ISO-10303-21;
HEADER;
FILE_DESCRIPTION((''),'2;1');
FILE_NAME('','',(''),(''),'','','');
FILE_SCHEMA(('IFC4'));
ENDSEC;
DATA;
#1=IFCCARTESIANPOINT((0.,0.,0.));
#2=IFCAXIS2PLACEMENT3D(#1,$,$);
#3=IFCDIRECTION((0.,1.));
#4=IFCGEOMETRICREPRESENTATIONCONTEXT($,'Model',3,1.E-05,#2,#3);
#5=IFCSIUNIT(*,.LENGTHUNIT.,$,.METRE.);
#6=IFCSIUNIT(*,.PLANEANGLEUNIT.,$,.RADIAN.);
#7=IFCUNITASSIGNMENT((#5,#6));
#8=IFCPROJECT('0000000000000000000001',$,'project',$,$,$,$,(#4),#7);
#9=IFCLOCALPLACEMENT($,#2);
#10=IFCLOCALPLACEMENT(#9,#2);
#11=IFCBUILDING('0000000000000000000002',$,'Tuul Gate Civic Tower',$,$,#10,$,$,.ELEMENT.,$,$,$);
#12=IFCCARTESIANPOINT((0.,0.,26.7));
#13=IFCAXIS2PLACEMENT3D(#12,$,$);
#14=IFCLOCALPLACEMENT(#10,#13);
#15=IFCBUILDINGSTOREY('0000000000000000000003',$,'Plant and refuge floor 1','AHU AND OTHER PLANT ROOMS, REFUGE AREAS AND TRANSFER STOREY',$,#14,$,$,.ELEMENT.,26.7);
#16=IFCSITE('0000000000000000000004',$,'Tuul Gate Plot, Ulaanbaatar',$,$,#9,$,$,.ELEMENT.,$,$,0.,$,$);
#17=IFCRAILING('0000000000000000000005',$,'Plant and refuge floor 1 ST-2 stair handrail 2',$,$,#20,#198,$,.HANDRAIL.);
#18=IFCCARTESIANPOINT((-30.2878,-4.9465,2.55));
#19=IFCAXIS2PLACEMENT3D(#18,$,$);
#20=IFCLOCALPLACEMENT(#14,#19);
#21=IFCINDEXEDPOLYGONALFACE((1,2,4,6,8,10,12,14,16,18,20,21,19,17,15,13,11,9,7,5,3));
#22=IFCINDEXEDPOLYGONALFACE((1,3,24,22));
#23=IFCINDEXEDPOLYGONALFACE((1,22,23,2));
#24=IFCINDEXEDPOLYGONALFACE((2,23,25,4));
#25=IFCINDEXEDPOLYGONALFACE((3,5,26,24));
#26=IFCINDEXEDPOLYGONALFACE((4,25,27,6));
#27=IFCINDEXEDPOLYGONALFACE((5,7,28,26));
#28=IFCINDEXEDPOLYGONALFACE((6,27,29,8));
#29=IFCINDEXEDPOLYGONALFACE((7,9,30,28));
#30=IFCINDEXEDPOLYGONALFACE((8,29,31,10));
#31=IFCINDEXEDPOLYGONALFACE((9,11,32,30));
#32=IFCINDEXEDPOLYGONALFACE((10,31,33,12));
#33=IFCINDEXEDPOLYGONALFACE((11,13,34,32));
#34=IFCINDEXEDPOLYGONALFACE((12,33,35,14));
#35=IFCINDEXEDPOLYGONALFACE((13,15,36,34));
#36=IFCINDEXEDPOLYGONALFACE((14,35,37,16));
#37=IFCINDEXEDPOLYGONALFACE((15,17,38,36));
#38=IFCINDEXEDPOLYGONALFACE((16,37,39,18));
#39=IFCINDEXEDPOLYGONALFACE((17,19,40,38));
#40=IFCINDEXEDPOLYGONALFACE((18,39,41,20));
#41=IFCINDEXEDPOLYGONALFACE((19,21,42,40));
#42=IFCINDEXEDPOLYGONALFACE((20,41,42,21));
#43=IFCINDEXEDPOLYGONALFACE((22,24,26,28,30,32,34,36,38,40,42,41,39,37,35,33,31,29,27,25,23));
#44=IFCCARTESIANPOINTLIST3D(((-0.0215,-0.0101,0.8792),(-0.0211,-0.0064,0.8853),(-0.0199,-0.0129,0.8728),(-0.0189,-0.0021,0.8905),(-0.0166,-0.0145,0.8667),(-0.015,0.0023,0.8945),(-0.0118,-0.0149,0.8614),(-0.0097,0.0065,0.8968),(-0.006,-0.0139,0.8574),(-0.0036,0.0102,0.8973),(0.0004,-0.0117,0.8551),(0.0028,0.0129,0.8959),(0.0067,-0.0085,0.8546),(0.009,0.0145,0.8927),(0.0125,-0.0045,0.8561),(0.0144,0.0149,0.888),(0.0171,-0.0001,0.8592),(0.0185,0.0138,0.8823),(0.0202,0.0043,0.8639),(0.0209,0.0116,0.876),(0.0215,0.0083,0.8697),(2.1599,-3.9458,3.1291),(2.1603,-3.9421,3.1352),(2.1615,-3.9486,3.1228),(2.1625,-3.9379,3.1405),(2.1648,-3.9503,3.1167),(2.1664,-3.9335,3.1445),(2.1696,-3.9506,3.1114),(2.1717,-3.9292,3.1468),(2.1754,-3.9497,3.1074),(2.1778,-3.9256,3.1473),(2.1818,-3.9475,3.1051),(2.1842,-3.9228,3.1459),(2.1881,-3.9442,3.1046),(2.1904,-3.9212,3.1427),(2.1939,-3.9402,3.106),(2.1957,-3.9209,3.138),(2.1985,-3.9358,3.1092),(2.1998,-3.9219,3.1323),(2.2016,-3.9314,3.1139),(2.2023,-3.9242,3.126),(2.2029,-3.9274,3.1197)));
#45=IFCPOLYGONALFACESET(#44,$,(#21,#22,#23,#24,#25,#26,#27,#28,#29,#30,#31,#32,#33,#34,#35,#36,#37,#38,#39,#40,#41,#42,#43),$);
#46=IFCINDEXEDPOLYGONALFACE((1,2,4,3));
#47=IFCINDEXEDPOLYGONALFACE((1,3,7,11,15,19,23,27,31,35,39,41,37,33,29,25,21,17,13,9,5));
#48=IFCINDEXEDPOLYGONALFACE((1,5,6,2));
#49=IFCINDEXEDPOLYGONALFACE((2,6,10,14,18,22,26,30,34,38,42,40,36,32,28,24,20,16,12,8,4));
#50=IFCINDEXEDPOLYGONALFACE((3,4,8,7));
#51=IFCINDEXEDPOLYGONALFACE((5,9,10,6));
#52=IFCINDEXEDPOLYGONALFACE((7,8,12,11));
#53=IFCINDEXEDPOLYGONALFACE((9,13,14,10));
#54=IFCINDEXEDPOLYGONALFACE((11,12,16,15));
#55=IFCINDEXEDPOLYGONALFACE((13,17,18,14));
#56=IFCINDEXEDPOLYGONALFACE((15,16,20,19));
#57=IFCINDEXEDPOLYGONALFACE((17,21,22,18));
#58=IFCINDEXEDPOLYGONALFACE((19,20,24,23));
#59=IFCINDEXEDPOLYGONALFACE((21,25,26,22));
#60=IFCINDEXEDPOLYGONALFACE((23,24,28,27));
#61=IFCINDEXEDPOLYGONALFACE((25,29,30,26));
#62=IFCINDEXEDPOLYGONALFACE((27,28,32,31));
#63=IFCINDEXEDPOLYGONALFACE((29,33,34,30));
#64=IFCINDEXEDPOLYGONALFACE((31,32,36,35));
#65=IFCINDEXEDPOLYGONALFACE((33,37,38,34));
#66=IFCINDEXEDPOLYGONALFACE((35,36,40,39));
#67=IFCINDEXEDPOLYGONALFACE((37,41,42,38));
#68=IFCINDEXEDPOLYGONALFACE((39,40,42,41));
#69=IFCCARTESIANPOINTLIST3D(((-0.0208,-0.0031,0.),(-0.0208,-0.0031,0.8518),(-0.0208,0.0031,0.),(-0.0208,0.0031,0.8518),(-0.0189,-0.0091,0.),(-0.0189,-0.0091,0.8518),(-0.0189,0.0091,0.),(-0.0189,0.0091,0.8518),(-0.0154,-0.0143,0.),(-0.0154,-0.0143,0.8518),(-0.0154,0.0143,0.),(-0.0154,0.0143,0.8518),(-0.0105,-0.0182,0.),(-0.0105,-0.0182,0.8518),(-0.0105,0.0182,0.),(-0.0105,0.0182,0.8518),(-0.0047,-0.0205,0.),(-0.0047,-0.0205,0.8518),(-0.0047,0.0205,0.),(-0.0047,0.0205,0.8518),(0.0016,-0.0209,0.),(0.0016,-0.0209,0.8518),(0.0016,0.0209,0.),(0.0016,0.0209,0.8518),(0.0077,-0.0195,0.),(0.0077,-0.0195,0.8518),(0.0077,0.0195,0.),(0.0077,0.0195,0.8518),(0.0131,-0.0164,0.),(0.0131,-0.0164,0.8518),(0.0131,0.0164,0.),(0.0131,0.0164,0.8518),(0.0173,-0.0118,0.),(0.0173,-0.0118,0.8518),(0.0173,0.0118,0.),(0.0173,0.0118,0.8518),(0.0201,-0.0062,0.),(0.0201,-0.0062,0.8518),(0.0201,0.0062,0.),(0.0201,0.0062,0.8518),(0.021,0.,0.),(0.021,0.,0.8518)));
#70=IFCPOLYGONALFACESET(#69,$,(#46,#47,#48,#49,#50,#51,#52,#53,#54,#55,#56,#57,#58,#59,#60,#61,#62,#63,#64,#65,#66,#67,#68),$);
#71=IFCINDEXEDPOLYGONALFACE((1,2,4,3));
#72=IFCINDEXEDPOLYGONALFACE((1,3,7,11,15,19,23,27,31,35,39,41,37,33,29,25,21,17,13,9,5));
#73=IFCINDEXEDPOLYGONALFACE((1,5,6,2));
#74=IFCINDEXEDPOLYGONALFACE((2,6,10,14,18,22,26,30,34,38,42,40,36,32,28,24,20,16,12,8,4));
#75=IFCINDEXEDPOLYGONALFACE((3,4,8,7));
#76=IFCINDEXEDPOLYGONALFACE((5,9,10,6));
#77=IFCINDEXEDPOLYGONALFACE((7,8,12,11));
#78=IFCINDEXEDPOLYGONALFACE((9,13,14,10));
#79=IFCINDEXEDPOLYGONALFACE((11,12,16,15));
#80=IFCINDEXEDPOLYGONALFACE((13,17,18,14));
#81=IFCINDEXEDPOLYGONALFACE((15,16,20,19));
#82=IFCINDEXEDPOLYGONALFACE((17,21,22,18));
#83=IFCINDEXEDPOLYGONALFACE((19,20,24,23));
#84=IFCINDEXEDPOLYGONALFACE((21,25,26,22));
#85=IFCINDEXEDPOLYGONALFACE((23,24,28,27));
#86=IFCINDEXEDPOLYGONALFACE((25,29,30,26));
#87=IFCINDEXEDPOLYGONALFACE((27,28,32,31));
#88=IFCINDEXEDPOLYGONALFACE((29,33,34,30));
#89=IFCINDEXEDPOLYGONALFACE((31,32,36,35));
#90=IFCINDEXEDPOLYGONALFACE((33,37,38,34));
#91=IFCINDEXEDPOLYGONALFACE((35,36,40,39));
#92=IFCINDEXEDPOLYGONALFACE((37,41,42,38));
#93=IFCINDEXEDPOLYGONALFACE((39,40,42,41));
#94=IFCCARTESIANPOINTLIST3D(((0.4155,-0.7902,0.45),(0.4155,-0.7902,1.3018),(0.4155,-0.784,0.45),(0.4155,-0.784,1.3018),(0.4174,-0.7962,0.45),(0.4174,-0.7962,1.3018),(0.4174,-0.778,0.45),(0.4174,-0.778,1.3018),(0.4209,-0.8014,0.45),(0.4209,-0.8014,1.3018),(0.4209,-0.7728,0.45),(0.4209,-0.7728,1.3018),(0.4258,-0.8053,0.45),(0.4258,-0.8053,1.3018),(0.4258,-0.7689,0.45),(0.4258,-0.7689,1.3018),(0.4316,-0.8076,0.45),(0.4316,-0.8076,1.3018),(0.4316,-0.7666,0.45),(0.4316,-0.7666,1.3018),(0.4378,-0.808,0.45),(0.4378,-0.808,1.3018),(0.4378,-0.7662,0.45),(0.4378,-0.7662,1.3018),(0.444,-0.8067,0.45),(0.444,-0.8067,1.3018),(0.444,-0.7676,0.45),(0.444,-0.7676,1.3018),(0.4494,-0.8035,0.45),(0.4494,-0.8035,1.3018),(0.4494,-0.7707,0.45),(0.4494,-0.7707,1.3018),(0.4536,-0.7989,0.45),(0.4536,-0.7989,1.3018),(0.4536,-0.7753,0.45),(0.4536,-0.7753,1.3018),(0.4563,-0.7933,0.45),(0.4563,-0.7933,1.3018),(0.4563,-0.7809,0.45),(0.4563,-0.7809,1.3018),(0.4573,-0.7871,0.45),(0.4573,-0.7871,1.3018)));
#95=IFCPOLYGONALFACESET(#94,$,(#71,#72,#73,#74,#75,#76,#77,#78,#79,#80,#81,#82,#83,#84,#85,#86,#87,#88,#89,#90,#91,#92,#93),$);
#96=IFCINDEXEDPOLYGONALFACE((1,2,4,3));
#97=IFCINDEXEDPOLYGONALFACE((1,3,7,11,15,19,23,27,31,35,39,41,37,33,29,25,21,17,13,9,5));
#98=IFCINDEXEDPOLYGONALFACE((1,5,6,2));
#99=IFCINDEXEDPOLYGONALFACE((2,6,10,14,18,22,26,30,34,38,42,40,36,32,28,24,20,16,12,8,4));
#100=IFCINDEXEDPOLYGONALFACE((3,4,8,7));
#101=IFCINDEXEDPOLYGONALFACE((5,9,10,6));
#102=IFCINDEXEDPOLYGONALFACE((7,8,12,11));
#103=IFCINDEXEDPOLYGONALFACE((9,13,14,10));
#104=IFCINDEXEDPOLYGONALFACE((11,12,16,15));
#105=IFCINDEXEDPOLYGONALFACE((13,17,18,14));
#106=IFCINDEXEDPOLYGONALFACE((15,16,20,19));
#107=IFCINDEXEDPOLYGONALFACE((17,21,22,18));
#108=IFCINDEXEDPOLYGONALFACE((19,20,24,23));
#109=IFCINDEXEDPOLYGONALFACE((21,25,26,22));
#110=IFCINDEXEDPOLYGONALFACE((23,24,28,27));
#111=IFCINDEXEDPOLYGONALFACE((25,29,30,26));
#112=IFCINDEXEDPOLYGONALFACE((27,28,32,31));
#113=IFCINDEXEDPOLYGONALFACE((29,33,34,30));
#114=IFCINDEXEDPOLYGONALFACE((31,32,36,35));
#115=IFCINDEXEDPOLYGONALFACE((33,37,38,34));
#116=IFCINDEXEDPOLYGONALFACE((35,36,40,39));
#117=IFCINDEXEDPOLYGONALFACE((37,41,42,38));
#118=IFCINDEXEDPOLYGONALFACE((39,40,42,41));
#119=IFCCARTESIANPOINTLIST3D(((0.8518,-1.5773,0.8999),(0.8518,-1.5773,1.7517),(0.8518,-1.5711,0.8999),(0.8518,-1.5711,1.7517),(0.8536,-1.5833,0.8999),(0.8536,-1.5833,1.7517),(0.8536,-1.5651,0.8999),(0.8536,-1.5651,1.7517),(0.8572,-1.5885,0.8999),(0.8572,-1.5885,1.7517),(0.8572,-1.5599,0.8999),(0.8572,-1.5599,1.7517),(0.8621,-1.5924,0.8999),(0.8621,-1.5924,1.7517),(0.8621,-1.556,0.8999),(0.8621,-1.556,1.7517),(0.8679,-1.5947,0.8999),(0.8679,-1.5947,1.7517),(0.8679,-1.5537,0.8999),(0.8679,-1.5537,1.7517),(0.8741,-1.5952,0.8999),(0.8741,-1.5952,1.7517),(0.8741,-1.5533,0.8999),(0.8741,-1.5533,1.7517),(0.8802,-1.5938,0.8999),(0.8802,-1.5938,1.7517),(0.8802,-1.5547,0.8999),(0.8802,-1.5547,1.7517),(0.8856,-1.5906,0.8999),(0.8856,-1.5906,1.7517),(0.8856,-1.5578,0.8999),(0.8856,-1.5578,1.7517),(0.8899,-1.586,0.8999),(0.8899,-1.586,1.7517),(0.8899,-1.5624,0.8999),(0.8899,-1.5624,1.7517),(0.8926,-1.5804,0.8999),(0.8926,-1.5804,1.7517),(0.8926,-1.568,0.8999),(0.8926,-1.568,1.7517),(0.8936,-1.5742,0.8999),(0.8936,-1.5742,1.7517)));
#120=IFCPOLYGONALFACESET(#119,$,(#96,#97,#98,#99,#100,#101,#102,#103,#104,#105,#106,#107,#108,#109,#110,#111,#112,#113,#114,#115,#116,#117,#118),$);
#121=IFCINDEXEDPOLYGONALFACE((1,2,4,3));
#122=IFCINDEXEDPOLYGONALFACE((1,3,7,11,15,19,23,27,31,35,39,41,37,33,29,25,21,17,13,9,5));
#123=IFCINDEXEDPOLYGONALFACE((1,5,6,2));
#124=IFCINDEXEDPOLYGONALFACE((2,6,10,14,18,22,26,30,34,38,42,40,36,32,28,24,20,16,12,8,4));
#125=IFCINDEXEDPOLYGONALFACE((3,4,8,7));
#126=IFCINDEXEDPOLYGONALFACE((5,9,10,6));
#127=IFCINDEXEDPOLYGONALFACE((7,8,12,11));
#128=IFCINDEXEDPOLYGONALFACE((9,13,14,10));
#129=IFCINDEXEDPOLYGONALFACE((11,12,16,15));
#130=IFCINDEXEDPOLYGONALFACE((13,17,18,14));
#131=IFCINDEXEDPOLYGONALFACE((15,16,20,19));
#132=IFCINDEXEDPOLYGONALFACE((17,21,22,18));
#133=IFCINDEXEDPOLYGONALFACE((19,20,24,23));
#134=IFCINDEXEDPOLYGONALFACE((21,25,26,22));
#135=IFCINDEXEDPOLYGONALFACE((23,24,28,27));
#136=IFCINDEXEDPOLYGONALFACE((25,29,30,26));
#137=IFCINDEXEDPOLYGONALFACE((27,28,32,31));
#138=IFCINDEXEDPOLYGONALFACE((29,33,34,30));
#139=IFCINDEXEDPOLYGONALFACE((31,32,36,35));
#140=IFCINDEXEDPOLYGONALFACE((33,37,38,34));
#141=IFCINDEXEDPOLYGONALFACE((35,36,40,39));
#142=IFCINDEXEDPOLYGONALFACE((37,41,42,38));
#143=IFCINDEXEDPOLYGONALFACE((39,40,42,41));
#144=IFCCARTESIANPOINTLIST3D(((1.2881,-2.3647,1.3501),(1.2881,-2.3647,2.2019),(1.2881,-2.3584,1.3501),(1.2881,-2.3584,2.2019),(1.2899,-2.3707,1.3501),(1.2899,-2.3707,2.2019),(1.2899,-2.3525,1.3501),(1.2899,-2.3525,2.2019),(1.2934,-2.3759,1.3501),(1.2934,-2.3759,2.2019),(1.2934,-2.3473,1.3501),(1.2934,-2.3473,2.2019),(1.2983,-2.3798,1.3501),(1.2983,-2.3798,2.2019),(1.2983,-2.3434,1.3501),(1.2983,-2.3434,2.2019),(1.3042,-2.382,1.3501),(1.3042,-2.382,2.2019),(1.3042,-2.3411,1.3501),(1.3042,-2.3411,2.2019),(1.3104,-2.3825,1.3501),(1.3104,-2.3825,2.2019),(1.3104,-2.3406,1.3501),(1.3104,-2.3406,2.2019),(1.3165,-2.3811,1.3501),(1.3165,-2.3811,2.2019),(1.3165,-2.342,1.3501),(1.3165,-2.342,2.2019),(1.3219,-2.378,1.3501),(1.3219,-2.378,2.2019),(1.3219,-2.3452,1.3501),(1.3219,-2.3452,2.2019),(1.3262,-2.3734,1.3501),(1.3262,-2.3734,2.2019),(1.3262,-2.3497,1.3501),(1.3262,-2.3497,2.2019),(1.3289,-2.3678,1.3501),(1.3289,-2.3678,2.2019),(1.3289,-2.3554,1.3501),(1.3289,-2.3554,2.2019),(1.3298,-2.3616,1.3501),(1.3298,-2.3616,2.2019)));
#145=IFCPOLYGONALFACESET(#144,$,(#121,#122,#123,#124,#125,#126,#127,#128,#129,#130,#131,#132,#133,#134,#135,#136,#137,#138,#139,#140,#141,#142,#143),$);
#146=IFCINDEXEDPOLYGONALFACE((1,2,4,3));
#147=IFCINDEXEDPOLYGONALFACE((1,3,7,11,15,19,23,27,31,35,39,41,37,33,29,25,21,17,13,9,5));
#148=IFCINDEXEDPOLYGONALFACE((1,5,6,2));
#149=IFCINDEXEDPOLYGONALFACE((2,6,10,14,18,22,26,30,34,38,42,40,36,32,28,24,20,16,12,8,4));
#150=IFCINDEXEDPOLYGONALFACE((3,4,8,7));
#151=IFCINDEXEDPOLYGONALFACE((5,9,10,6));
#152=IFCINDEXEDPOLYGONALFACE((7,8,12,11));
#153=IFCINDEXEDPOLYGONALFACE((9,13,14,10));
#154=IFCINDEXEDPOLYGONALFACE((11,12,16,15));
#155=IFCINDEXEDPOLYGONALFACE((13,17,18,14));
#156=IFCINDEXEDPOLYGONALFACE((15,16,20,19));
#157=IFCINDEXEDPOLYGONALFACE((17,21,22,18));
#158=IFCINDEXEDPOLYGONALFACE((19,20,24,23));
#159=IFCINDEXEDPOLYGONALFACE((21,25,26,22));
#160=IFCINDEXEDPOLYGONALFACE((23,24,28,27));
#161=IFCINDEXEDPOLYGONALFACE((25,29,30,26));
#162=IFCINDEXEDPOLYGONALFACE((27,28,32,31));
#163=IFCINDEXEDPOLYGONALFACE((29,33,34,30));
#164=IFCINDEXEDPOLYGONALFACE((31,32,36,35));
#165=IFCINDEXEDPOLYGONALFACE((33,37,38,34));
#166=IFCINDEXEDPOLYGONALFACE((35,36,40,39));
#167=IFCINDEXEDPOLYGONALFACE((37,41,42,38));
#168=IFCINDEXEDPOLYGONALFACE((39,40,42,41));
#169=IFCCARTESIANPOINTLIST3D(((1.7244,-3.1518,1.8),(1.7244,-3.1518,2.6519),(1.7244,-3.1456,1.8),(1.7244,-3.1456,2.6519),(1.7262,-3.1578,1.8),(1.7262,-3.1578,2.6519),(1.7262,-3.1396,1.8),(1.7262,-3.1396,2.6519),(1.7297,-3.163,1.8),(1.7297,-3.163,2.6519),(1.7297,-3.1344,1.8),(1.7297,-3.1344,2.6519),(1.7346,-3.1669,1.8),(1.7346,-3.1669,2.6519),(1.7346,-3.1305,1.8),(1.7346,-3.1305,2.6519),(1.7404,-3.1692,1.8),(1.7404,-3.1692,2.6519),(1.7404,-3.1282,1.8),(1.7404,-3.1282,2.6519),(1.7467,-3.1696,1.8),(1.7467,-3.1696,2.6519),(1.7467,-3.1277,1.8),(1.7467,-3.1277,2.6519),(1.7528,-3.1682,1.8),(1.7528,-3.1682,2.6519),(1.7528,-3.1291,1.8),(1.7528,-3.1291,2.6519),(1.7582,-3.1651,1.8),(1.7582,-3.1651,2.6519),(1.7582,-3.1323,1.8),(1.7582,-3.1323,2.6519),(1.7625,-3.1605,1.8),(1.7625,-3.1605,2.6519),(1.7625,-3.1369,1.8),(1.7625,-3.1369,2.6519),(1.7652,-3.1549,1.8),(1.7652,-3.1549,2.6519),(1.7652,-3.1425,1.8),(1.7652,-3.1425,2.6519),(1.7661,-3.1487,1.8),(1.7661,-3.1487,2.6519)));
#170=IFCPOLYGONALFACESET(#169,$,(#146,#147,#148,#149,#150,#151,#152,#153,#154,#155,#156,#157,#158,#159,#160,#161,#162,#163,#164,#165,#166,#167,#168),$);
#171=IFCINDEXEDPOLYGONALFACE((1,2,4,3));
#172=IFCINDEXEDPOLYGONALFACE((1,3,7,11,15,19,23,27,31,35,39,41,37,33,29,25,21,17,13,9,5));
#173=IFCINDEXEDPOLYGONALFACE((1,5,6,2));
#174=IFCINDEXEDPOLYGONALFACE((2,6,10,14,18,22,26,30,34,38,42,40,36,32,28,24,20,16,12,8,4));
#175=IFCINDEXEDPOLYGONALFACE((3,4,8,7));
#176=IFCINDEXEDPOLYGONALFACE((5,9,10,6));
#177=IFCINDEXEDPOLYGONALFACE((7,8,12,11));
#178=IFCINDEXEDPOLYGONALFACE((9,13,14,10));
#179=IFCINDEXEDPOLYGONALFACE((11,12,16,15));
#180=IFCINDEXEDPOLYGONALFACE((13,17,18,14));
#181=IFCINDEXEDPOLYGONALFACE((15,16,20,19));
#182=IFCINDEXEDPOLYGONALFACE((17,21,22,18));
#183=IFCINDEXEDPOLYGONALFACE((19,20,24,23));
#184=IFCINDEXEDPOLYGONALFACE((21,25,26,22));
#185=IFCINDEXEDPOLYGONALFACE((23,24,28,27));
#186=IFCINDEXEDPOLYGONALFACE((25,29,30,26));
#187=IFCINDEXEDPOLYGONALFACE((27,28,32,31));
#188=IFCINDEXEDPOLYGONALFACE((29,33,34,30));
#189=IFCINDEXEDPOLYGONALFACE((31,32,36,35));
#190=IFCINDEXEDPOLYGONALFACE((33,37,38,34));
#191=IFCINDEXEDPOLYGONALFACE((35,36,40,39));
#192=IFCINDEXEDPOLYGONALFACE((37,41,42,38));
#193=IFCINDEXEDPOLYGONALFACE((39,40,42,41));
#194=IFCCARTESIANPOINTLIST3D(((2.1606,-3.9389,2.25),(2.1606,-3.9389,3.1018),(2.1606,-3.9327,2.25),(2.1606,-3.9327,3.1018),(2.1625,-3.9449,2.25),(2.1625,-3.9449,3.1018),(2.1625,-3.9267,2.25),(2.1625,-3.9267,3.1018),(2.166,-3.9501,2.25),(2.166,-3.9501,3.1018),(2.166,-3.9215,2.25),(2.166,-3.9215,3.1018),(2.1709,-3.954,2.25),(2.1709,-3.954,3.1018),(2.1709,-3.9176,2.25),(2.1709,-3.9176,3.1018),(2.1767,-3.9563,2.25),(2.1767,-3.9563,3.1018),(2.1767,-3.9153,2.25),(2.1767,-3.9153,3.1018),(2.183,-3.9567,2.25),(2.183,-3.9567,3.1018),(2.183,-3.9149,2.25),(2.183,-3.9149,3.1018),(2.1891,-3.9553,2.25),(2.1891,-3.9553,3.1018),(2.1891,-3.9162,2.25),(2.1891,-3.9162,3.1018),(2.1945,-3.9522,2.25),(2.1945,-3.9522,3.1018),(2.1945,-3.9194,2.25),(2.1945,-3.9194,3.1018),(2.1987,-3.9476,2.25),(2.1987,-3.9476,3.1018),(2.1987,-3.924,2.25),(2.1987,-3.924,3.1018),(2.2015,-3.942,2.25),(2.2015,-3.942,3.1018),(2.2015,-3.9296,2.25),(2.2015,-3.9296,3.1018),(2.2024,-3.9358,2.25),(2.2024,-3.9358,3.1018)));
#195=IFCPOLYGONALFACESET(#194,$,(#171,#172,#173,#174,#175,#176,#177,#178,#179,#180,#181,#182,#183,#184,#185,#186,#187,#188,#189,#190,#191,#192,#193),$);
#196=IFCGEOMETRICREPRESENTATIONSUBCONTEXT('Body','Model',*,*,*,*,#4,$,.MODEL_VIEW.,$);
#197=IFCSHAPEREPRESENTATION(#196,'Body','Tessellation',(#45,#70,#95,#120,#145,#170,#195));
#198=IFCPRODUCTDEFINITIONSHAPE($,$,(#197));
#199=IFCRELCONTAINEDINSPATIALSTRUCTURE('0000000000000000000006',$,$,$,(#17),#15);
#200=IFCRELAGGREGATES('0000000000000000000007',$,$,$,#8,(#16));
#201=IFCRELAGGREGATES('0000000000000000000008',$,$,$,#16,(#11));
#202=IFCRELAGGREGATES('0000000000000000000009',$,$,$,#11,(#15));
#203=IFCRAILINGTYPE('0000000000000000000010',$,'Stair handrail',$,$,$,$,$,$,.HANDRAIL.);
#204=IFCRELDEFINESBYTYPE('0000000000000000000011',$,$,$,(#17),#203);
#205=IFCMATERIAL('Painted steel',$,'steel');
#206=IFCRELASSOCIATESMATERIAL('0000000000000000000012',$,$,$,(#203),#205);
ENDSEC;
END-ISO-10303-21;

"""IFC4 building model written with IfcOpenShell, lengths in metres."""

from ifc_helpers import new_model, si_unit, direction, frame, origin, origin_2d, place, context, subcontext, project, spatial, circle, extrude, material, type_object, element, save


model = new_model("IFC4")

# Units and contexts
model_context = context("Model", 3, precision=1e-05, world=origin(), true_north=direction((0.0, 1.0)))
body_context = subcontext(model_context, "Body", "Model", "MODEL_VIEW")
ifc_project = project(units=[si_unit("LENGTHUNIT", "METRE"), si_unit("PLANEANGLEUNIT", "RADIAN")], contexts=[model_context])

# Site, building, storey
site_placement = place(None, origin())
site = spatial("IfcSite", under=ifc_project, at=site_placement, Name="Tuul Gate Plot, Ulaanbaatar", CompositionType="ELEMENT", RefElevation=0.0)
building_placement = place(site_placement, origin())
building = spatial("IfcBuilding", under=site, at=building_placement, Name="Tuul Gate Civic Tower", CompositionType="ELEMENT")
storey_placement = place(building_placement, frame((0.0, 0.0, 26.7)))
storey = spatial("IfcBuildingStorey", under=building, at=storey_placement, Name="Plant and refuge floor 1", Description="AHU AND OTHER PLANT ROOMS, REFUGE AREAS AND TRANSFER STOREY", CompositionType="ELEMENT", Elevation=26.7)

# Railing
ifc_material_1 = material(Name="Painted steel", Category="steel")
railing_type_1 = type_object("IfcRailingType", Name="Stair handrail", PredefinedType="HANDRAIL", material=ifc_material_1)
railing_1_placement = place(storey_placement, frame((-30.2878, -4.9465, 2.55)))
element("IfcRailing", 1, at=railing_1_placement, inside=storey, type_object=railing_type_1, Name="Plant and refuge floor 1 ST-2 stair handrail 2", PredefinedType="HANDRAIL", context=body_context, shape_type="SweptSolid", body=[
    extrude(circle(Radius=0.0239, at=origin_2d()), frame((0.0, 0.0, 0.876), z_axis=(0.433587, -0.7823, 0.447223), x_axis=(0.874643, 0.484767, 0.0)), (0.0, 0.0, 1.0), 5.031),
    extrude(circle(Radius=0.021, at=origin_2d()), origin(), (0.0, 0.0, 1.0), 0.8518),
    extrude(circle(Radius=0.021, at=origin_2d()), frame((0.4363, -0.7871, 0.45)), (0.0, 0.0, 1.0), 0.8518),
    extrude(circle(Radius=0.021, at=origin_2d()), frame((0.8726, -1.5742, 0.8999)), (0.0, 0.0, 1.0), 0.8518),
    extrude(circle(Radius=0.021, at=origin_2d()), frame((1.3088, -2.3616, 1.3501)), (0.0, 0.0, 1.0), 0.8518),
    extrude(circle(Radius=0.021, at=origin_2d()), frame((1.7451, -3.1487, 1.8)), (0.0, 0.0, 1.0), 0.8518),
    extrude(circle(Radius=0.021, at=origin_2d()), frame((2.1814, -3.9358, 2.25)), (0.0, 0.0, 1.0), 0.8518),
])

save(model, "model.ifc")
